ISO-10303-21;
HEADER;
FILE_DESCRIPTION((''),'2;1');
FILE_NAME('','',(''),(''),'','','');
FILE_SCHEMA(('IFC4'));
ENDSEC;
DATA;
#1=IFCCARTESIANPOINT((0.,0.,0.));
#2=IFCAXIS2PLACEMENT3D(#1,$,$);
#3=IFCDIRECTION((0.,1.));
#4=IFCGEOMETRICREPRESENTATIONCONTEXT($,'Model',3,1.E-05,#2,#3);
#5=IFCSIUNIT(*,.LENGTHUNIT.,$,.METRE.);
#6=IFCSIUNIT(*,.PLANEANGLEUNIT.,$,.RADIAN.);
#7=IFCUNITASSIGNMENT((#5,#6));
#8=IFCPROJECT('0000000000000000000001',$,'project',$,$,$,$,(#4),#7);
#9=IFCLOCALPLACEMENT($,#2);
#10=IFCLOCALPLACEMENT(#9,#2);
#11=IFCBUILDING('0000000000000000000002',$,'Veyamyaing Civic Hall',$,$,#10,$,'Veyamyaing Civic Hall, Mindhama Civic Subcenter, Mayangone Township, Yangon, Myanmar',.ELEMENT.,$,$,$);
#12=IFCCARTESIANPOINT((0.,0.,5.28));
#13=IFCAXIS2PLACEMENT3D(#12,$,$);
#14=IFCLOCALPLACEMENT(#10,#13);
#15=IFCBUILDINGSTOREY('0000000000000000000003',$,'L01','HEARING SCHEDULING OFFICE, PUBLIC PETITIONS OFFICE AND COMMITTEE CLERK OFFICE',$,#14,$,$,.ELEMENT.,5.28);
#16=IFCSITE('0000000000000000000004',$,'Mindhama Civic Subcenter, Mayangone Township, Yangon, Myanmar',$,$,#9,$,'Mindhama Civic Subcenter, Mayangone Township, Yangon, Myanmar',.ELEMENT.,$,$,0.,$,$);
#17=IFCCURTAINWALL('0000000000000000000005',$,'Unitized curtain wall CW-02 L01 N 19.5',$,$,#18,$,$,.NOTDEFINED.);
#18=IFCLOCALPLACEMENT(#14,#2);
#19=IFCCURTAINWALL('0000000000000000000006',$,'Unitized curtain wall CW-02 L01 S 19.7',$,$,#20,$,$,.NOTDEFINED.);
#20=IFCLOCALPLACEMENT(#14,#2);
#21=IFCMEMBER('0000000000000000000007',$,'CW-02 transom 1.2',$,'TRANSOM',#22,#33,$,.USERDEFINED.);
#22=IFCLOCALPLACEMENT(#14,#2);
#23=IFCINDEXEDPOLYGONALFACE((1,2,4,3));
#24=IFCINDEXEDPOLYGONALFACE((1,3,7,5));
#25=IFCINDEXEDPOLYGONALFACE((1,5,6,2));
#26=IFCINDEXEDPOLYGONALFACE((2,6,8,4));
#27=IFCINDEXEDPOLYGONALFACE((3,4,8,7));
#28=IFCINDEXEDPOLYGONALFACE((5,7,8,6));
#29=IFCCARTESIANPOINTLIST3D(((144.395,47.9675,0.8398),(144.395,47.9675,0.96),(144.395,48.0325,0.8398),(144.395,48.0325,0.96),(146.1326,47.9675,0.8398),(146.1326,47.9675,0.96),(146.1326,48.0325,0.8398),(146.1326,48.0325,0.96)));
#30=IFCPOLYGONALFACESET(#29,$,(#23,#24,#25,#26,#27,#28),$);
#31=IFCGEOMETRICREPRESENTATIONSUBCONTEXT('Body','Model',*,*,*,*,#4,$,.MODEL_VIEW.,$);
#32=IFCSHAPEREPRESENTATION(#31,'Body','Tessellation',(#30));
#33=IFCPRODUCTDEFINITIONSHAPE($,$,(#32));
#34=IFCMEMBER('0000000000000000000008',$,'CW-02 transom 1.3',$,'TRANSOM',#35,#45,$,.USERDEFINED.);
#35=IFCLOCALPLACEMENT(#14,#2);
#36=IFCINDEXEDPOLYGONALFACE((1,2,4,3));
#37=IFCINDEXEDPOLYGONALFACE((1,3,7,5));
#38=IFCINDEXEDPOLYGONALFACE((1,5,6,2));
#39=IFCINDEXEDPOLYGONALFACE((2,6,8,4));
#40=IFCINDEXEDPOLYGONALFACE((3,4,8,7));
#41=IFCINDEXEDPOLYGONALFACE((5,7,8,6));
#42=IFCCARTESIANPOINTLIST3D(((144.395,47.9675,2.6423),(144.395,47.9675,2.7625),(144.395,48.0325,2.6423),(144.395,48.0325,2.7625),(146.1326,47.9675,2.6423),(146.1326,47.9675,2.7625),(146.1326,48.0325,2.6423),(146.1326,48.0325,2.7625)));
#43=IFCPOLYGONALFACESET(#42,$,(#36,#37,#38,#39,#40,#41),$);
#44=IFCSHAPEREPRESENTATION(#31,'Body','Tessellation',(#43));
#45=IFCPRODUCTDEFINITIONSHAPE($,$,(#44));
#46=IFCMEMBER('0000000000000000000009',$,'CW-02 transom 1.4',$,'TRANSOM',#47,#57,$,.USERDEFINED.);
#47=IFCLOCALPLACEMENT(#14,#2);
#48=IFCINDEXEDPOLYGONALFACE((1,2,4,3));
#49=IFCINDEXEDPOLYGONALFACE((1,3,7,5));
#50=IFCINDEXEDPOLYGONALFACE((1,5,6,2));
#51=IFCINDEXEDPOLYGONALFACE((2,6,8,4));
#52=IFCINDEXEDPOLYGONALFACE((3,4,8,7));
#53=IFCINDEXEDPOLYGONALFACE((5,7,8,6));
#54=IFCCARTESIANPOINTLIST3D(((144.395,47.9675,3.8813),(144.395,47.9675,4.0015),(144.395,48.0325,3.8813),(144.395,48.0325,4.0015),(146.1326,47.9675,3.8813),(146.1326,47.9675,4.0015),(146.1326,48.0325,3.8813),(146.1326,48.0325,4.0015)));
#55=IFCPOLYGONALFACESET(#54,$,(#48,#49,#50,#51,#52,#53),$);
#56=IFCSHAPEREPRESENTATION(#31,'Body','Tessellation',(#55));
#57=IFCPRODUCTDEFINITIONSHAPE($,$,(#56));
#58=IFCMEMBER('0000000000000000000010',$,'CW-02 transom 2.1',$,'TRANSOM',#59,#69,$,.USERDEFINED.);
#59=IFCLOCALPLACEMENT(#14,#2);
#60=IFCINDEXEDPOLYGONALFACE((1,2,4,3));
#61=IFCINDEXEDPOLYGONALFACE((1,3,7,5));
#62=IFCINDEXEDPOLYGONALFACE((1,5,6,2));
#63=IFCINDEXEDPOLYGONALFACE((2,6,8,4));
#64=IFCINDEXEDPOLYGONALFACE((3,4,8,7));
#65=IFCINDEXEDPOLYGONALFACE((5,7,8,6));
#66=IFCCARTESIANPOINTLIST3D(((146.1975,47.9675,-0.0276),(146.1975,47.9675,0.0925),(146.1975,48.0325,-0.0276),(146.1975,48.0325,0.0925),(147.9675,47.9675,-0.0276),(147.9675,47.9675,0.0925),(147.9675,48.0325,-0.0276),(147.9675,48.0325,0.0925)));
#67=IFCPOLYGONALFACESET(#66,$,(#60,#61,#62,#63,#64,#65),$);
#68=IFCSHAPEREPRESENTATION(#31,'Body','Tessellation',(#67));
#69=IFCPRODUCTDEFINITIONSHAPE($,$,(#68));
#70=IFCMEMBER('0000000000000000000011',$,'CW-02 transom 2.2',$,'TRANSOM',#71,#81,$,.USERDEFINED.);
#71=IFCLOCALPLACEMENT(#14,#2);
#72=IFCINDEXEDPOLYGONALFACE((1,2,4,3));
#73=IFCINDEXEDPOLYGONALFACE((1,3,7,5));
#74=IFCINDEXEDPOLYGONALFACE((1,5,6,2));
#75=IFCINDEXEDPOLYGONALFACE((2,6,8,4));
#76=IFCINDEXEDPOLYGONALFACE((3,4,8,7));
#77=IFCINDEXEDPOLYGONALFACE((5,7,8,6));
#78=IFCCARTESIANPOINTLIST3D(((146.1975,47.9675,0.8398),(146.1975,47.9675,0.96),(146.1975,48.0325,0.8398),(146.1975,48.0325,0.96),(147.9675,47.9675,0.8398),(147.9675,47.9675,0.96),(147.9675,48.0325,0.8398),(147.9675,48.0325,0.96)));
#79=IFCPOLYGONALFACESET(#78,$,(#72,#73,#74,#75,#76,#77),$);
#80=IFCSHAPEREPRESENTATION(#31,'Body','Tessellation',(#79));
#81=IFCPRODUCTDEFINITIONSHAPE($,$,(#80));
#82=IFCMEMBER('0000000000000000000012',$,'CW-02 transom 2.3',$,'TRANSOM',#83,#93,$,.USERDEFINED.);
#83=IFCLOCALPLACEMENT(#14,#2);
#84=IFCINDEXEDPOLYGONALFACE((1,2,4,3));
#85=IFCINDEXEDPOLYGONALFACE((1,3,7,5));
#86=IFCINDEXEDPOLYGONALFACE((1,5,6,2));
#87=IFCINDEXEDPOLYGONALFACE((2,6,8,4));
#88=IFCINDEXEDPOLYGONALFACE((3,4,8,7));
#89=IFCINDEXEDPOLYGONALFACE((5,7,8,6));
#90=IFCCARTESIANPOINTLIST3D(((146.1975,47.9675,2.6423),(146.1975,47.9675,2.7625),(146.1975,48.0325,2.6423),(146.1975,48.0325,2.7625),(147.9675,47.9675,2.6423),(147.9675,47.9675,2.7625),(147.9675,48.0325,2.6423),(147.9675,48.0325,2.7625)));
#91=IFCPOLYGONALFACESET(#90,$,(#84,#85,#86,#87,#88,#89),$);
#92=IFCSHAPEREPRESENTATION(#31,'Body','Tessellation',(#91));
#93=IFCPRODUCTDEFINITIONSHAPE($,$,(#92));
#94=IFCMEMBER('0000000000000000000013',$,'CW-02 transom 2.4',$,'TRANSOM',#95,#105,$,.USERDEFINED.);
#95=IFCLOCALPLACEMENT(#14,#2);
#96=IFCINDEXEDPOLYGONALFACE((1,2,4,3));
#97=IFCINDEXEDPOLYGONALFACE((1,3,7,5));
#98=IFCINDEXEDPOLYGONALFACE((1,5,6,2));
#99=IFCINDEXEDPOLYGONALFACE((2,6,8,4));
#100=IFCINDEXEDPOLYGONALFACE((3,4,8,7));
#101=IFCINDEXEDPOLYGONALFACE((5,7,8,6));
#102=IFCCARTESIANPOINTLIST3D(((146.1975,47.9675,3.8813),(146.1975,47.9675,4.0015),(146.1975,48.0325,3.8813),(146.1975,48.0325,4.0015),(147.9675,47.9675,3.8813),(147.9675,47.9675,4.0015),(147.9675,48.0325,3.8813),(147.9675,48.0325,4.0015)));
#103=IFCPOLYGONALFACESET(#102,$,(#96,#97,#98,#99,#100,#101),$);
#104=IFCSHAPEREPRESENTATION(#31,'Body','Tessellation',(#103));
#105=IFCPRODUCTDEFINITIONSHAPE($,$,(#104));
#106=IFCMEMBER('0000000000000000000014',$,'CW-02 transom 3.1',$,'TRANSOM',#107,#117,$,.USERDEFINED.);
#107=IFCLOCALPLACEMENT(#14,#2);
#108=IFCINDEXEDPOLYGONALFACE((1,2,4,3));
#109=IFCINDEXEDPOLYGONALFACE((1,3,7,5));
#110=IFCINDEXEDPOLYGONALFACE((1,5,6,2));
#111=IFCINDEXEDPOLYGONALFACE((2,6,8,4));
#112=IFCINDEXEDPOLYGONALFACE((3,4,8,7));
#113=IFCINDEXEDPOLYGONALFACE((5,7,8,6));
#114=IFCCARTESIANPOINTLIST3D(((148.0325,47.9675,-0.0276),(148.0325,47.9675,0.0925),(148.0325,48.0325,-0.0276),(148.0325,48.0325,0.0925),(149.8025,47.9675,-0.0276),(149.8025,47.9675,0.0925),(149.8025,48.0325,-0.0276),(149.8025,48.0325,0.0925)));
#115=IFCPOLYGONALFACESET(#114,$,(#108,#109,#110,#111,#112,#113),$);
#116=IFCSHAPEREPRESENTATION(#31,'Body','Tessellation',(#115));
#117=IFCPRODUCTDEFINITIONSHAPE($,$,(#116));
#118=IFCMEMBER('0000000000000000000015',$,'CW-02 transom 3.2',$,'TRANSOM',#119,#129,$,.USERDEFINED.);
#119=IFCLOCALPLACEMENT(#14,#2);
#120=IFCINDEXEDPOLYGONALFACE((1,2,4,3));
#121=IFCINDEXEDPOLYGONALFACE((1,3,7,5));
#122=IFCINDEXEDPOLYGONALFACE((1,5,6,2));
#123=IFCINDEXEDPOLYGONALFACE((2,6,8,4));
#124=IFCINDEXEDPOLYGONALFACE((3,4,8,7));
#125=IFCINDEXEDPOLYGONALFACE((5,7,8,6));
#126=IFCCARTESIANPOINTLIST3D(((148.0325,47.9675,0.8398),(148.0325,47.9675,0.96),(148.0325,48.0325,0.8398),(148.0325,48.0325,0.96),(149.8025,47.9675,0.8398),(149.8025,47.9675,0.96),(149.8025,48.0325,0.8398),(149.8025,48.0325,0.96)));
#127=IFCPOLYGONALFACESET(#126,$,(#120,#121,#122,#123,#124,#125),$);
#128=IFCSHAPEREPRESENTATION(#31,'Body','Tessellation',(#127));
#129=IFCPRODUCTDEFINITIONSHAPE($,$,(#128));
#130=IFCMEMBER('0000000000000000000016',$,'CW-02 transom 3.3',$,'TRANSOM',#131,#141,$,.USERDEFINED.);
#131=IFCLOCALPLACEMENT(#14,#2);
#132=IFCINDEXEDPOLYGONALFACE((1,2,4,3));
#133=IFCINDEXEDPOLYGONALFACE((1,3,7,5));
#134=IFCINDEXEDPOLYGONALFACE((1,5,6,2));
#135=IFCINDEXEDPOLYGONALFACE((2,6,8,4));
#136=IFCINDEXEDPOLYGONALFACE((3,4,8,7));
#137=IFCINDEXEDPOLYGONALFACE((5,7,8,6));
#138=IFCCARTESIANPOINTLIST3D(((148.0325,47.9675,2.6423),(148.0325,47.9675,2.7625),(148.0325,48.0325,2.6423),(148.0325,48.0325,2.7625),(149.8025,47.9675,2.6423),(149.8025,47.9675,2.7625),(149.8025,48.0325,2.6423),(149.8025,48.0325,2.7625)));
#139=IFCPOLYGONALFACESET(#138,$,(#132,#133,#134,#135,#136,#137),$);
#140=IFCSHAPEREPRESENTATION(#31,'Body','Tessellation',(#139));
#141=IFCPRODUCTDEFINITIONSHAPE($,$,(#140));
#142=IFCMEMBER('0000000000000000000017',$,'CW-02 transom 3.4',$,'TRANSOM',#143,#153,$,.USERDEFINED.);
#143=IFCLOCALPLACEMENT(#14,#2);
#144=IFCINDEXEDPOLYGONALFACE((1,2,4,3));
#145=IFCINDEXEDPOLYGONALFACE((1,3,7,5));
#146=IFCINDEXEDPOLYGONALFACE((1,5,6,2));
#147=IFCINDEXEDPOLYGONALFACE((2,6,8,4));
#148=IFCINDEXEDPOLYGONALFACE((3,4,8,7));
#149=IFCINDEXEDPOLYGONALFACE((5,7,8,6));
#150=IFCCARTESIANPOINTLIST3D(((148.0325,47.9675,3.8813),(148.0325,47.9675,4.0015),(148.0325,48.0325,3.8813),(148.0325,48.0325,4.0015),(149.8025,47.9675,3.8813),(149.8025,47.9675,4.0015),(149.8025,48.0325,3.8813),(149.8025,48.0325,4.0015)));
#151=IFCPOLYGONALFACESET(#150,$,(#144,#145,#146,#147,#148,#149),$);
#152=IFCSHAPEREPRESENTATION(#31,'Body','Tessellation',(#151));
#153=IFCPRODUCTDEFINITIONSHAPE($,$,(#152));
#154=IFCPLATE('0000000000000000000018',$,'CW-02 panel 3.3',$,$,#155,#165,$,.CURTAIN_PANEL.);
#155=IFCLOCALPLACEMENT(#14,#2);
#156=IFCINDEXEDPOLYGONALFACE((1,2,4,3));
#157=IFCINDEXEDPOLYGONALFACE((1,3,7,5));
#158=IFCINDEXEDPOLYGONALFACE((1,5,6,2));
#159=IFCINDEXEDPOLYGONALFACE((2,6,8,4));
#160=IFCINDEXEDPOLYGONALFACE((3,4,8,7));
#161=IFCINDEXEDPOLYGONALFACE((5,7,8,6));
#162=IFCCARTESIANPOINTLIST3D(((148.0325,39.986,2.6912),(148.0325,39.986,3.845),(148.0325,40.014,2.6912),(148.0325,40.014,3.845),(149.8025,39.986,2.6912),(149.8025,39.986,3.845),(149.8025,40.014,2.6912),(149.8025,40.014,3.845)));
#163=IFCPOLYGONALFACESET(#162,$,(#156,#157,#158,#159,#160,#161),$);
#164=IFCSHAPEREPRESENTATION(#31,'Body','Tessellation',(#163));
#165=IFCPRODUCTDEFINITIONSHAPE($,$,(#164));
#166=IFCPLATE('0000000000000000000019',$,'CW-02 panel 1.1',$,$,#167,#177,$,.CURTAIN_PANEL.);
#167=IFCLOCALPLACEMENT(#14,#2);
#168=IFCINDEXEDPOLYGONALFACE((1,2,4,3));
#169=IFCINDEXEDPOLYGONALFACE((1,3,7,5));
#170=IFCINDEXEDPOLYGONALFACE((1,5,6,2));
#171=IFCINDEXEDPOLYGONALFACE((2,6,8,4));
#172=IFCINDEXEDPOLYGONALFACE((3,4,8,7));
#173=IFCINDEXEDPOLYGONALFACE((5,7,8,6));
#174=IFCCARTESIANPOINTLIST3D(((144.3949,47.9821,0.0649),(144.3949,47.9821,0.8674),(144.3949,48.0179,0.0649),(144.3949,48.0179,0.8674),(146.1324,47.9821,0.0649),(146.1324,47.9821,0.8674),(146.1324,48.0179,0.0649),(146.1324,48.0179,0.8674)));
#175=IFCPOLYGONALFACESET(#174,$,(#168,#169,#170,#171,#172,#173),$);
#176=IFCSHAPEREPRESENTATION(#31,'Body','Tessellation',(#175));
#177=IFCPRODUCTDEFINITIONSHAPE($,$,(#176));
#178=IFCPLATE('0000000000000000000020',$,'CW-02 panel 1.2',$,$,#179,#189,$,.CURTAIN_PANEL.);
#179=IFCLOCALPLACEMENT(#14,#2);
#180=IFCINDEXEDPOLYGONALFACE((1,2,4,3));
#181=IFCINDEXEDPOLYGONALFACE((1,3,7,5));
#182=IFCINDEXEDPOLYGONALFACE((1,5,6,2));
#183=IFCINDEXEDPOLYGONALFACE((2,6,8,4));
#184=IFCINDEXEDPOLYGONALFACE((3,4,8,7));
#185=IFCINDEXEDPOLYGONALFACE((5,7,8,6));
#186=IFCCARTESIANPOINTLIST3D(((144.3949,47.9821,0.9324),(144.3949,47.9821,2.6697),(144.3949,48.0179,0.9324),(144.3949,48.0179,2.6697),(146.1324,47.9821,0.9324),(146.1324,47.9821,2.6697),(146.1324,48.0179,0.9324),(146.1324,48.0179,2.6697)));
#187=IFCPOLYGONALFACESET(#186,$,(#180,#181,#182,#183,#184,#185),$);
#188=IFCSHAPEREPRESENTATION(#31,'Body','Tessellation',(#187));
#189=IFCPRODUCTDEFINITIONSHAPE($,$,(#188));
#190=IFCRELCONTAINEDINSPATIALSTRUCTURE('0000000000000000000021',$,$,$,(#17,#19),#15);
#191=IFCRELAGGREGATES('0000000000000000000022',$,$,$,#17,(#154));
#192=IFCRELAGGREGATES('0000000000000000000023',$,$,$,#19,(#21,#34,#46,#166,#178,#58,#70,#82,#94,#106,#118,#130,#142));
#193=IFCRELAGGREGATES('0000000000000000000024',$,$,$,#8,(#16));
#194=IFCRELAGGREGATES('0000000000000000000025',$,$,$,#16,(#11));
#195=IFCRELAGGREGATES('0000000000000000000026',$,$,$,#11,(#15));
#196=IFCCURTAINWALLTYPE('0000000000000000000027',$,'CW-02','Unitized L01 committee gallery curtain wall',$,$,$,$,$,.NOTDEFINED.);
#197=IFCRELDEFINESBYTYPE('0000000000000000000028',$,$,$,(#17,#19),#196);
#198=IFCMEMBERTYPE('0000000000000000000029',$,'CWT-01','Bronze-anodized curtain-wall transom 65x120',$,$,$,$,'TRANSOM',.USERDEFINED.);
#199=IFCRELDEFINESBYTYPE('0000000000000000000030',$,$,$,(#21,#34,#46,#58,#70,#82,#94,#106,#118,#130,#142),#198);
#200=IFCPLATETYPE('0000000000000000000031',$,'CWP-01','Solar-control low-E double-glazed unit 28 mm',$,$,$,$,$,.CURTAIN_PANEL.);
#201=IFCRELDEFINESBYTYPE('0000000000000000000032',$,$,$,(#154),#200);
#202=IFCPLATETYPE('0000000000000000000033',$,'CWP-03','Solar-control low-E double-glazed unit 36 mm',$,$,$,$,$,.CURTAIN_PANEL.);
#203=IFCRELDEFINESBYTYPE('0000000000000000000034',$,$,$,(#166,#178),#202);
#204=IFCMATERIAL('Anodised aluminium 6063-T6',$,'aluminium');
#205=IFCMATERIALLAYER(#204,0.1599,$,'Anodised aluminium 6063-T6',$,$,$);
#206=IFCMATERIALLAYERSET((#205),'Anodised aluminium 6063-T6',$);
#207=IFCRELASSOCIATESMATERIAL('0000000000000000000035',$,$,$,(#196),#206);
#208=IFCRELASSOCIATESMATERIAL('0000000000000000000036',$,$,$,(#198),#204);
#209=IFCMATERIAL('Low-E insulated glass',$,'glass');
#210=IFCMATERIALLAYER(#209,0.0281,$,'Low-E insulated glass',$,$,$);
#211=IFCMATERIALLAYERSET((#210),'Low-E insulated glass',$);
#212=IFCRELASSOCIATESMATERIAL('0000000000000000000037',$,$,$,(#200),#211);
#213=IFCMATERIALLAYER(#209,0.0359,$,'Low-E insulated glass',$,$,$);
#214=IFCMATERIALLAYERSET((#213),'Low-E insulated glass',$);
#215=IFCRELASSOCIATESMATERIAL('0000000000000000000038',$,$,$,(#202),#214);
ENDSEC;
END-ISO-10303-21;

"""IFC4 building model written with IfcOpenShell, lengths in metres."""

from ifc_helpers import new_model, si_unit, direction, frame, origin, origin_2d, place, context, subcontext, project, spatial, rectangle, extrude, material, layer, layer_set, material_profile, profile_set, type_object, element, aggregate, save


model = new_model("IFC4")

# Units and contexts
model_context = context("Model", 3, precision=1e-05, world=origin(), true_north=direction((0.0, 1.0)))
body_context = subcontext(model_context, "Body", "Model", "MODEL_VIEW")
ifc_project = project(units=[si_unit("LENGTHUNIT", "METRE"), si_unit("PLANEANGLEUNIT", "RADIAN")], contexts=[model_context])

# Site, building, storey
site_placement = place(None, origin())
site = spatial("IfcSite", under=ifc_project, at=site_placement, Name="Mindhama Civic Subcenter, Mayangone Township, Yangon, Myanmar", LongName="Mindhama Civic Subcenter, Mayangone Township, Yangon, Myanmar", CompositionType="ELEMENT", RefElevation=0.0)
building_placement = place(site_placement, origin())
building = spatial("IfcBuilding", under=site, at=building_placement, Name="Veyamyaing Civic Hall", LongName="Veyamyaing Civic Hall, Mindhama Civic Subcenter, Mayangone Township, Yangon, Myanmar", CompositionType="ELEMENT")
storey_placement = place(building_placement, frame((0.0, 0.0, 5.28)))
storey = spatial("IfcBuildingStorey", under=building, at=storey_placement, Name="L01", Description="HEARING SCHEDULING OFFICE, PUBLIC PETITIONS OFFICE AND COMMITTEE CLERK OFFICE", CompositionType="ELEMENT", Elevation=5.28)

# Curtain wall
ifc_material_1 = material(Name="Anodised aluminium 6063-T6", Category="aluminium")
ifc_layer_1 = layer(ifc_material_1, 0.1599, Name="Anodised aluminium 6063-T6")
ifc_layer_set_1 = layer_set([ifc_layer_1], Name="Anodised aluminium 6063-T6")
curtain_wall_type = type_object("IfcCurtainWallType", Name="CW-02", Description="Unitized L01 committee gallery curtain wall", PredefinedType="NOTDEFINED", material=ifc_layer_set_1)
curtain_wall_1_placement = place(storey_placement, origin())
curtain_wall_1 = element("IfcCurtainWall", 1, at=curtain_wall_1_placement, inside=storey, type_object=curtain_wall_type, Name="Unitized curtain wall CW-02 L01 N 19.5", PredefinedType="NOTDEFINED")

# Curtain wall, members
curtain_wall_2_placement = place(storey_placement, origin())
curtain_wall_2 = element("IfcCurtainWall", 2, at=curtain_wall_2_placement, inside=storey, type_object=curtain_wall_type, Name="Unitized curtain wall CW-02 L01 S 19.7", PredefinedType="NOTDEFINED")
ifc_material_profile_1 = material_profile(ifc_material_1, rectangle(XDim=0.0649, YDim=0.1201, at=origin_2d()), Name="ALU-TRN-65X120")
ifc_profile_set_1 = profile_set([ifc_material_profile_1], Name="Anodised aluminium 6063-T6")
member_type_1 = type_object("IfcMemberType", Name="CWT-01", Description="Bronze-anodized curtain-wall transom 65x120", ElementType="TRANSOM", PredefinedType="USERDEFINED", material=ifc_profile_set_1)
member_1_placement = place(storey_placement, frame((144.395, 48.0, 0.8999), z_axis=(1.0, 0.0, 0.0), x_axis=(0.0, 1.0, 0.0)))
member_1 = element("IfcMember", 3, at=member_1_placement, type_object=member_type_1, Name="CW-02 transom 1.2", ObjectType="TRANSOM", PredefinedType="USERDEFINED", context=body_context, shape_type="SweptSolid", body=[
    extrude(rectangle(XDim=0.0649, YDim=0.1201, at=origin_2d()), origin(), (0.0, 0.0, 1.0), 1.7375),
])
member_2_placement = place(storey_placement, frame((144.395, 48.0, 2.7024), z_axis=(1.0, 0.0, 0.0), x_axis=(0.0, 1.0, 0.0)))
member_2 = element("IfcMember", 4, at=member_2_placement, type_object=member_type_1, Name="CW-02 transom 1.3", ObjectType="TRANSOM", PredefinedType="USERDEFINED", context=body_context, shape_type="SweptSolid", body=[
    extrude(rectangle(XDim=0.0649, YDim=0.1201, at=origin_2d()), origin(), (0.0, 0.0, 1.0), 1.7375),
])
member_3_placement = place(storey_placement, frame((144.395, 48.0, 3.9414), z_axis=(1.0, 0.0, 0.0), x_axis=(0.0, 1.0, 0.0)))
member_3 = element("IfcMember", 5, at=member_3_placement, type_object=member_type_1, Name="CW-02 transom 1.4", ObjectType="TRANSOM", PredefinedType="USERDEFINED", context=body_context, shape_type="SweptSolid", body=[
    extrude(rectangle(XDim=0.0649, YDim=0.1201, at=origin_2d()), origin(), (0.0, 0.0, 1.0), 1.7375),
])
member_4_placement = place(storey_placement, frame((146.1975, 48.0, 0.0325), z_axis=(1.0, 0.0, 0.0), x_axis=(0.0, 1.0, 0.0)))
member_4 = element("IfcMember", 6, at=member_4_placement, type_object=member_type_1, Name="CW-02 transom 2.1", ObjectType="TRANSOM", PredefinedType="USERDEFINED", context=body_context, shape_type="SweptSolid", body=[
    extrude(rectangle(XDim=0.0649, YDim=0.1201, at=origin_2d()), origin(), (0.0, 0.0, 1.0), 1.77),
])
member_5_placement = place(storey_placement, frame((146.1975, 48.0, 0.8999), z_axis=(1.0, 0.0, 0.0), x_axis=(0.0, 1.0, 0.0)))
member_5 = element("IfcMember", 7, at=member_5_placement, type_object=member_type_1, Name="CW-02 transom 2.2", ObjectType="TRANSOM", PredefinedType="USERDEFINED", context=body_context, shape_type="SweptSolid", body=[
    extrude(rectangle(XDim=0.0649, YDim=0.1201, at=origin_2d()), origin(), (0.0, 0.0, 1.0), 1.77),
])
member_6_placement = place(storey_placement, frame((146.1975, 48.0, 2.7024), z_axis=(1.0, 0.0, 0.0), x_axis=(0.0, 1.0, 0.0)))
member_6 = element("IfcMember", 8, at=member_6_placement, type_object=member_type_1, Name="CW-02 transom 2.3", ObjectType="TRANSOM", PredefinedType="USERDEFINED", context=body_context, shape_type="SweptSolid", body=[
    extrude(rectangle(XDim=0.0649, YDim=0.1201, at=origin_2d()), origin(), (0.0, 0.0, 1.0), 1.77),
])
member_7_placement = place(storey_placement, frame((146.1975, 48.0, 3.9414), z_axis=(1.0, 0.0, 0.0), x_axis=(0.0, 1.0, 0.0)))
member_7 = element("IfcMember", 9, at=member_7_placement, type_object=member_type_1, Name="CW-02 transom 2.4", ObjectType="TRANSOM", PredefinedType="USERDEFINED", context=body_context, shape_type="SweptSolid", body=[
    extrude(rectangle(XDim=0.0649, YDim=0.1201, at=origin_2d()), origin(), (0.0, 0.0, 1.0), 1.77),
])
member_8_placement = place(storey_placement, frame((148.0325, 48.0, 0.0325), z_axis=(1.0, 0.0, 0.0), x_axis=(0.0, 1.0, 0.0)))
member_8 = element("IfcMember", 10, at=member_8_placement, type_object=member_type_1, Name="CW-02 transom 3.1", ObjectType="TRANSOM", PredefinedType="USERDEFINED", context=body_context, shape_type="SweptSolid", body=[
    extrude(rectangle(XDim=0.0649, YDim=0.1201, at=origin_2d()), origin(), (0.0, 0.0, 1.0), 1.77),
])
member_9_placement = place(storey_placement, frame((148.0325, 48.0, 0.8999), z_axis=(1.0, 0.0, 0.0), x_axis=(0.0, 1.0, 0.0)))
member_9 = element("IfcMember", 11, at=member_9_placement, type_object=member_type_1, Name="CW-02 transom 3.2", ObjectType="TRANSOM", PredefinedType="USERDEFINED", context=body_context, shape_type="SweptSolid", body=[
    extrude(rectangle(XDim=0.0649, YDim=0.1201, at=origin_2d()), origin(), (0.0, 0.0, 1.0), 1.77),
])
member_10_placement = place(storey_placement, frame((148.0325, 48.0, 2.7024), z_axis=(1.0, 0.0, 0.0), x_axis=(0.0, 1.0, 0.0)))
member_10 = element("IfcMember", 12, at=member_10_placement, type_object=member_type_1, Name="CW-02 transom 3.3", ObjectType="TRANSOM", PredefinedType="USERDEFINED", context=body_context, shape_type="SweptSolid", body=[
    extrude(rectangle(XDim=0.0649, YDim=0.1201, at=origin_2d()), origin(), (0.0, 0.0, 1.0), 1.77),
])
member_11_placement = place(storey_placement, frame((148.0325, 48.0, 3.9414), z_axis=(1.0, 0.0, 0.0), x_axis=(0.0, 1.0, 0.0)))
member_11 = element("IfcMember", 13, at=member_11_placement, type_object=member_type_1, Name="CW-02 transom 3.4", ObjectType="TRANSOM", PredefinedType="USERDEFINED", context=body_context, shape_type="SweptSolid", body=[
    extrude(rectangle(XDim=0.0649, YDim=0.1201, at=origin_2d()), origin(), (0.0, 0.0, 1.0), 1.77),
])

# Plates
ifc_material_2 = material(Name="Low-E insulated glass", Category="glass")
ifc_layer_2 = layer(ifc_material_2, 0.0281, Name="Low-E insulated glass")
ifc_layer_set_2 = layer_set([ifc_layer_2], Name="Low-E insulated glass")
plate_type_1 = type_object("IfcPlateType", Name="CWP-01", Description="Solar-control low-E double-glazed unit 28 mm", PredefinedType="CURTAIN_PANEL", material=ifc_layer_set_2)
plate_1_placement = place(storey_placement, frame((148.9175, 40.0, 2.6912), z_axis=(0.0, 0.0, 1.0), x_axis=(1.0, 0.0, 0.0)))
plate_1 = element("IfcPlate", 14, at=plate_1_placement, type_object=plate_type_1, Name="CW-02 panel 3.3", PredefinedType="CURTAIN_PANEL", context=body_context, shape_type="SweptSolid", body=[
    extrude(rectangle(XDim=1.77, YDim=0.0281, at=origin_2d()), origin(), (0.0, 0.0, 1.0), 1.1538),
])
aggregate(curtain_wall_1, [plate_1])
ifc_layer_3 = layer(ifc_material_2, 0.0359, Name="Low-E insulated glass")
ifc_layer_set_3 = layer_set([ifc_layer_3], Name="Low-E insulated glass")
plate_type_2 = type_object("IfcPlateType", Name="CWP-03", Description="Solar-control low-E double-glazed unit 36 mm", PredefinedType="CURTAIN_PANEL", material=ifc_layer_set_3)
plate_2_placement = place(storey_placement, frame((145.2637, 48.0, 0.0649), z_axis=(0.0, 0.0, 1.0), x_axis=(1.0, 0.0, 0.0)))
plate_2 = element("IfcPlate", 15, at=plate_2_placement, type_object=plate_type_2, Name="CW-02 panel 1.1", PredefinedType="CURTAIN_PANEL", context=body_context, shape_type="SweptSolid", body=[
    extrude(rectangle(XDim=1.7375, YDim=0.0359, at=origin_2d()), origin(), (0.0, 0.0, 1.0), 0.8025),
])
plate_3_placement = place(storey_placement, frame((145.2637, 48.0, 0.9324), z_axis=(0.0, 0.0, 1.0), x_axis=(1.0, 0.0, 0.0)))
plate_3 = element("IfcPlate", 16, at=plate_3_placement, type_object=plate_type_2, Name="CW-02 panel 1.2", PredefinedType="CURTAIN_PANEL", context=body_context, shape_type="SweptSolid", body=[
    extrude(rectangle(XDim=1.7375, YDim=0.0359, at=origin_2d()), origin(), (0.0, 0.0, 1.0), 1.7373),
])
aggregate(curtain_wall_2, [member_1, member_2, member_3, plate_2, plate_3, member_4, member_5, member_6, member_7, member_8, member_9, member_10, member_11])

save(model, "model.ifc")
